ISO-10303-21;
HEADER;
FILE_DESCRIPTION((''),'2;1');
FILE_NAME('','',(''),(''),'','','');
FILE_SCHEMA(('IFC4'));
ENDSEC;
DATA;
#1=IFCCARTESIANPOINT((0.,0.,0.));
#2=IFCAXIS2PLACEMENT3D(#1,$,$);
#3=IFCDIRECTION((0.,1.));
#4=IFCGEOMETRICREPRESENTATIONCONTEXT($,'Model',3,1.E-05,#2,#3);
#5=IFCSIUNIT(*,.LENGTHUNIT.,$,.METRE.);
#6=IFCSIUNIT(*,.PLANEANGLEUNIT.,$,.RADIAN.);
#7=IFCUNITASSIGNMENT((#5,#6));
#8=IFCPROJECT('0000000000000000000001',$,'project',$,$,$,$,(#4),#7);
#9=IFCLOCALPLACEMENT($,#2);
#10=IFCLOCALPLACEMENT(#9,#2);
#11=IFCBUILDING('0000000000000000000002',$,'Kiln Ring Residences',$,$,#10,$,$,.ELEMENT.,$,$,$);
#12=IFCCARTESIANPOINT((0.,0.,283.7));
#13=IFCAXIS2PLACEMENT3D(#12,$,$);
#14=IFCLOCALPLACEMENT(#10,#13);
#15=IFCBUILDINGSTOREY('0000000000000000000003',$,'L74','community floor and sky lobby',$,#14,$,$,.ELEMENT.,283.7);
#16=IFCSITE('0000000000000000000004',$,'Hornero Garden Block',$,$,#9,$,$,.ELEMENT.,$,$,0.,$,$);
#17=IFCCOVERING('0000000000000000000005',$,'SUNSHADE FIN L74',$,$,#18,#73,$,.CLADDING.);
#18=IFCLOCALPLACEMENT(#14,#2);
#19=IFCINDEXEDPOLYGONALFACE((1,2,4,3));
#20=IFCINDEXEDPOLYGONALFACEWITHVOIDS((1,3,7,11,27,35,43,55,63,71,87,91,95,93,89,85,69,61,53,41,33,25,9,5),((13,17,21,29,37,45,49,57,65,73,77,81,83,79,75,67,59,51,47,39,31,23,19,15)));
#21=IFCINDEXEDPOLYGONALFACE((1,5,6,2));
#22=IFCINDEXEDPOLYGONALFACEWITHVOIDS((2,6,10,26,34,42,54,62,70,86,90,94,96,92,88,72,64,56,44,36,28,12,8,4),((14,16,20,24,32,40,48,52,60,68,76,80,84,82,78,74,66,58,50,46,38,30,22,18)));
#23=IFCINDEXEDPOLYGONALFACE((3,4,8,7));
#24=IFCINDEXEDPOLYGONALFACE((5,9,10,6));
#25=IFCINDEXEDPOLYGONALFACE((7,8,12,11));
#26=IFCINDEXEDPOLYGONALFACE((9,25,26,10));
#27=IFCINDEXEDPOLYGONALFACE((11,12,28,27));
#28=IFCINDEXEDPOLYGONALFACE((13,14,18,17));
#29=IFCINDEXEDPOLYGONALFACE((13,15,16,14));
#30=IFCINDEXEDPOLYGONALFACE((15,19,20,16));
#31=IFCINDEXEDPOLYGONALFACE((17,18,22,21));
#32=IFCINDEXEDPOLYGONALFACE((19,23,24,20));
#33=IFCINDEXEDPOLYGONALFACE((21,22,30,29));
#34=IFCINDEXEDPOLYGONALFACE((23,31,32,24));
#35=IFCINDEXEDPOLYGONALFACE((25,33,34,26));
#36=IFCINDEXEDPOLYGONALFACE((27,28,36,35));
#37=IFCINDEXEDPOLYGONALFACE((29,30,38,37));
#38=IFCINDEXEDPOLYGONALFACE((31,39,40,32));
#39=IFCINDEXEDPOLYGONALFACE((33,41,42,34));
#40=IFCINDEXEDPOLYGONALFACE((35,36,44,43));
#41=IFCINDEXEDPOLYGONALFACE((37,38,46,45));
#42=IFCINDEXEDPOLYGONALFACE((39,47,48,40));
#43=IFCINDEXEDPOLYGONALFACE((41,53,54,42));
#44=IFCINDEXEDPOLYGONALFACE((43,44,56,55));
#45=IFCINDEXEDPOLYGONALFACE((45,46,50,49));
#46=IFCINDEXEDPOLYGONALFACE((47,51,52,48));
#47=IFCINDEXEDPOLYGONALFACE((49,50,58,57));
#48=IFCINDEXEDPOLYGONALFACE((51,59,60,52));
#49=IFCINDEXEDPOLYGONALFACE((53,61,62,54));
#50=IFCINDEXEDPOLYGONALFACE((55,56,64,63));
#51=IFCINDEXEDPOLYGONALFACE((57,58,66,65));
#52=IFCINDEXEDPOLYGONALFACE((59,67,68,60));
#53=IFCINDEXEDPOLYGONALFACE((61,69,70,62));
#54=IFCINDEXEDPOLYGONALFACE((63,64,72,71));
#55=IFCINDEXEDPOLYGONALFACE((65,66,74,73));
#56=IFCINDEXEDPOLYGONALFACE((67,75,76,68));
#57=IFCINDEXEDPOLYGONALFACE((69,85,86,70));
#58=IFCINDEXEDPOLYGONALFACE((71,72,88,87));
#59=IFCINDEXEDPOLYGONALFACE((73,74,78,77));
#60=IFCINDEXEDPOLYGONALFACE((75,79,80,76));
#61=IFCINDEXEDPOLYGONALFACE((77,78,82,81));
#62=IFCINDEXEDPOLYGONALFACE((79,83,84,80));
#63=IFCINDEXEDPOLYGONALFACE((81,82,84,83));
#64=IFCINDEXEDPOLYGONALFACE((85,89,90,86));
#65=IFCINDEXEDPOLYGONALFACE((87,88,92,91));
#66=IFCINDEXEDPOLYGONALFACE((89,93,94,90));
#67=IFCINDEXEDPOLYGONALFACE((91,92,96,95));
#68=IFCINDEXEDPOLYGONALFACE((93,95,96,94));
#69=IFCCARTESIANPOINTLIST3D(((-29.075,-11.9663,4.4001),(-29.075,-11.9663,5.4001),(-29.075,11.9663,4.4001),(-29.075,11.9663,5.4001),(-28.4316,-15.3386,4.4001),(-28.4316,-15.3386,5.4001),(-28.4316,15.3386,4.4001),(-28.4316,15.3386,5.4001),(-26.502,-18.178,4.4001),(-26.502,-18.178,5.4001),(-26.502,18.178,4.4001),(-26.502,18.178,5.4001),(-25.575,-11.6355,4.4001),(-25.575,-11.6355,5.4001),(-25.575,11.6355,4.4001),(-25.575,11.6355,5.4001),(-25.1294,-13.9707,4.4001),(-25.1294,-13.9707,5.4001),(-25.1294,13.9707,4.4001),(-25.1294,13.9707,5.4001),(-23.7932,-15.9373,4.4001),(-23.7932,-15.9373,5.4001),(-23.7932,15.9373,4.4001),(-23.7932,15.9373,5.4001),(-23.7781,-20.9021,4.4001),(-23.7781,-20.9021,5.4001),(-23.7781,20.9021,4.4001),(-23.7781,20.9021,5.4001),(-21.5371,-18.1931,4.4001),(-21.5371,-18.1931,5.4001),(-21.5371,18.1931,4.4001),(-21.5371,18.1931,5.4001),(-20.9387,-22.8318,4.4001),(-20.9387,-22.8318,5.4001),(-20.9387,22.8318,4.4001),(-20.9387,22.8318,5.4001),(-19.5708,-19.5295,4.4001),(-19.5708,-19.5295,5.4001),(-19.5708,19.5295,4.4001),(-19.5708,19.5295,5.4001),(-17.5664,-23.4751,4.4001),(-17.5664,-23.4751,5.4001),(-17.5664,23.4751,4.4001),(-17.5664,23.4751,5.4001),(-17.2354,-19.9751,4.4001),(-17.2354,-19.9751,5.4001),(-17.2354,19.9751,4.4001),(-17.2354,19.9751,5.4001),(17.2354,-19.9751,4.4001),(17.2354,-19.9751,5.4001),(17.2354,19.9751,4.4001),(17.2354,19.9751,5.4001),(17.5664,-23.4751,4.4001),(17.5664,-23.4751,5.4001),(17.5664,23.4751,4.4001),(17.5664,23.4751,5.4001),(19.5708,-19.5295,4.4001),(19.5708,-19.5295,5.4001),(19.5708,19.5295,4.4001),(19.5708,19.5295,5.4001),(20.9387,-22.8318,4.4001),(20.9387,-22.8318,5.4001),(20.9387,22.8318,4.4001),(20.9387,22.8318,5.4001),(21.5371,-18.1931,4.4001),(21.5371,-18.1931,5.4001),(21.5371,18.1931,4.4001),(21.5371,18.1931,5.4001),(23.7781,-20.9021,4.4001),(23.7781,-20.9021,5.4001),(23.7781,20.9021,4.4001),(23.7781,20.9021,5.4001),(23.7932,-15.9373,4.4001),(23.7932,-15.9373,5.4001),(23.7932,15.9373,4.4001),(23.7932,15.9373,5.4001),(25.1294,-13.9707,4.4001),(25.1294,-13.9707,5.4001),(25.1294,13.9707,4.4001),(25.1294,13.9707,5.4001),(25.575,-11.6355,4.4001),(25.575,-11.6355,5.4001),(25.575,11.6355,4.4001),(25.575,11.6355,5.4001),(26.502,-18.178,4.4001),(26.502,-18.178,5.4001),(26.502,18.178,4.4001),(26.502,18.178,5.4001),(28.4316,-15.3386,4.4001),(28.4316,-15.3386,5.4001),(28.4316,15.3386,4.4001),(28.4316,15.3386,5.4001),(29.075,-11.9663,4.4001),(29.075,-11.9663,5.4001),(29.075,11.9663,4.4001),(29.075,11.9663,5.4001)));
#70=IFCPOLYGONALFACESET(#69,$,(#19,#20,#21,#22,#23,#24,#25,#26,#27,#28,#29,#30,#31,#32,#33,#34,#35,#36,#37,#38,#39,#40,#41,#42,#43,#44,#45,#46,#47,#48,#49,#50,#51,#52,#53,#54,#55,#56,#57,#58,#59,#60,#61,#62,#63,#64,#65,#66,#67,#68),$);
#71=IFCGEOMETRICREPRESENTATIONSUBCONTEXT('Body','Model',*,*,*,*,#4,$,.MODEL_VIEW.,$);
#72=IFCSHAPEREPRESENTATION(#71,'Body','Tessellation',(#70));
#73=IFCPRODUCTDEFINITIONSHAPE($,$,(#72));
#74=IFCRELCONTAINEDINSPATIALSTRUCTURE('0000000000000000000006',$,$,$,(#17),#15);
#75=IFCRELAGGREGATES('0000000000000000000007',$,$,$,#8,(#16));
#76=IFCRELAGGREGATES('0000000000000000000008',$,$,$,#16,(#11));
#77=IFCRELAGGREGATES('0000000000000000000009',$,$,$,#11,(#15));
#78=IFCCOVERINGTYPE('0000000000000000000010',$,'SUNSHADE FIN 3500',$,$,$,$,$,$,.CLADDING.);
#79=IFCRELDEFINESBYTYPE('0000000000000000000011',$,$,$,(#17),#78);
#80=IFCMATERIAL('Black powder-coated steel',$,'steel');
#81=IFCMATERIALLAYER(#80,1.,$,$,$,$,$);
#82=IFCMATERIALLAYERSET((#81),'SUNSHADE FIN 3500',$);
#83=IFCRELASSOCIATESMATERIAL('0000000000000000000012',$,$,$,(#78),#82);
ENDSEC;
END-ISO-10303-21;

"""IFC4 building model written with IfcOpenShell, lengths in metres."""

from ifc_helpers import new_model, si_unit, direction, frame, origin, place, context, subcontext, project, spatial, polyline, outline, extrude, material, layer, layer_set, type_object, element, save


model = new_model("IFC4")

# Units and contexts
model_context = context("Model", 3, precision=1e-05, world=origin(), true_north=direction((0.0, 1.0)))
body_context = subcontext(model_context, "Body", "Model", "MODEL_VIEW")
ifc_project = project(units=[si_unit("LENGTHUNIT", "METRE"), si_unit("PLANEANGLEUNIT", "RADIAN")], contexts=[model_context])

# Site, building, storey
site_placement = place(None, origin())
site = spatial("IfcSite", under=ifc_project, at=site_placement, Name="Hornero Garden Block", CompositionType="ELEMENT", RefElevation=0.0)
building_placement = place(site_placement, origin())
building = spatial("IfcBuilding", under=site, at=building_placement, Name="Kiln Ring Residences", CompositionType="ELEMENT")
storey_placement = place(building_placement, frame((0.0, 0.0, 283.7)))
storey = spatial("IfcBuildingStorey", under=building, at=storey_placement, Name="L74", Description="community floor and sky lobby", CompositionType="ELEMENT", Elevation=283.7)

# Covering
ifc_material_1 = material(Name="Black powder-coated steel", Category="steel")
ifc_layer_1 = layer(ifc_material_1, 1.0)
ifc_layer_set_1 = layer_set([ifc_layer_1], Name="SUNSHADE FIN 3500")
covering_type = type_object("IfcCoveringType", Name="SUNSHADE FIN 3500", PredefinedType="CLADDING", material=ifc_layer_set_1)
covering_placement = place(storey_placement, frame((0.0, 0.0, 4.4001)))
element("IfcCovering", 1, at=covering_placement, inside=storey, type_object=covering_type, Name="SUNSHADE FIN L74", PredefinedType="CLADDING", context=body_context, shape_type="SweptSolid", body=[
    extrude(outline(polyline([(-28.4316, -15.3386), (-26.502, -18.178), (-23.7781, -20.9021), (-20.9387, -22.8318), (-17.5664, -23.4751), (17.5664, -23.4751), (20.9387, -22.8318), (23.7781, -20.9021), (26.502, -18.178), (28.4316, -15.3386), (29.075, -11.9663), (29.075, 11.9663), (28.4316, 15.3386), (26.502, 18.178), (23.7781, 20.9021), (20.9387, 22.8318), (17.5664, 23.4751), (-17.5664, 23.4751), (-20.9387, 22.8318), (-23.7781, 20.9021), (-26.502, 18.178), (-28.4316, 15.3386), (-29.075, 11.9663), (-29.075, -11.9663), (-28.4316, -15.3386)]), holes=[polyline([(-21.5371, -18.1931), (-23.7932, -15.9373), (-25.1294, -13.9707), (-25.575, -11.6355), (-25.575, 11.6355), (-25.1294, 13.9707), (-23.7932, 15.9373), (-21.5371, 18.1931), (-19.5708, 19.5295), (-17.2354, 19.9751), (17.2354, 19.9751), (19.5708, 19.5295), (21.5371, 18.1931), (23.7932, 15.9373), (25.1294, 13.9707), (25.575, 11.6355), (25.575, -11.6355), (25.1294, -13.9707), (23.7932, -15.9373), (21.5371, -18.1931), (19.5708, -19.5295), (17.2354, -19.9751), (-17.2354, -19.9751), (-19.5708, -19.5295), (-21.5371, -18.1931)])]), origin(), (0.0, 0.0, 1.0), 1.0),
])

save(model, "model.ifc")
